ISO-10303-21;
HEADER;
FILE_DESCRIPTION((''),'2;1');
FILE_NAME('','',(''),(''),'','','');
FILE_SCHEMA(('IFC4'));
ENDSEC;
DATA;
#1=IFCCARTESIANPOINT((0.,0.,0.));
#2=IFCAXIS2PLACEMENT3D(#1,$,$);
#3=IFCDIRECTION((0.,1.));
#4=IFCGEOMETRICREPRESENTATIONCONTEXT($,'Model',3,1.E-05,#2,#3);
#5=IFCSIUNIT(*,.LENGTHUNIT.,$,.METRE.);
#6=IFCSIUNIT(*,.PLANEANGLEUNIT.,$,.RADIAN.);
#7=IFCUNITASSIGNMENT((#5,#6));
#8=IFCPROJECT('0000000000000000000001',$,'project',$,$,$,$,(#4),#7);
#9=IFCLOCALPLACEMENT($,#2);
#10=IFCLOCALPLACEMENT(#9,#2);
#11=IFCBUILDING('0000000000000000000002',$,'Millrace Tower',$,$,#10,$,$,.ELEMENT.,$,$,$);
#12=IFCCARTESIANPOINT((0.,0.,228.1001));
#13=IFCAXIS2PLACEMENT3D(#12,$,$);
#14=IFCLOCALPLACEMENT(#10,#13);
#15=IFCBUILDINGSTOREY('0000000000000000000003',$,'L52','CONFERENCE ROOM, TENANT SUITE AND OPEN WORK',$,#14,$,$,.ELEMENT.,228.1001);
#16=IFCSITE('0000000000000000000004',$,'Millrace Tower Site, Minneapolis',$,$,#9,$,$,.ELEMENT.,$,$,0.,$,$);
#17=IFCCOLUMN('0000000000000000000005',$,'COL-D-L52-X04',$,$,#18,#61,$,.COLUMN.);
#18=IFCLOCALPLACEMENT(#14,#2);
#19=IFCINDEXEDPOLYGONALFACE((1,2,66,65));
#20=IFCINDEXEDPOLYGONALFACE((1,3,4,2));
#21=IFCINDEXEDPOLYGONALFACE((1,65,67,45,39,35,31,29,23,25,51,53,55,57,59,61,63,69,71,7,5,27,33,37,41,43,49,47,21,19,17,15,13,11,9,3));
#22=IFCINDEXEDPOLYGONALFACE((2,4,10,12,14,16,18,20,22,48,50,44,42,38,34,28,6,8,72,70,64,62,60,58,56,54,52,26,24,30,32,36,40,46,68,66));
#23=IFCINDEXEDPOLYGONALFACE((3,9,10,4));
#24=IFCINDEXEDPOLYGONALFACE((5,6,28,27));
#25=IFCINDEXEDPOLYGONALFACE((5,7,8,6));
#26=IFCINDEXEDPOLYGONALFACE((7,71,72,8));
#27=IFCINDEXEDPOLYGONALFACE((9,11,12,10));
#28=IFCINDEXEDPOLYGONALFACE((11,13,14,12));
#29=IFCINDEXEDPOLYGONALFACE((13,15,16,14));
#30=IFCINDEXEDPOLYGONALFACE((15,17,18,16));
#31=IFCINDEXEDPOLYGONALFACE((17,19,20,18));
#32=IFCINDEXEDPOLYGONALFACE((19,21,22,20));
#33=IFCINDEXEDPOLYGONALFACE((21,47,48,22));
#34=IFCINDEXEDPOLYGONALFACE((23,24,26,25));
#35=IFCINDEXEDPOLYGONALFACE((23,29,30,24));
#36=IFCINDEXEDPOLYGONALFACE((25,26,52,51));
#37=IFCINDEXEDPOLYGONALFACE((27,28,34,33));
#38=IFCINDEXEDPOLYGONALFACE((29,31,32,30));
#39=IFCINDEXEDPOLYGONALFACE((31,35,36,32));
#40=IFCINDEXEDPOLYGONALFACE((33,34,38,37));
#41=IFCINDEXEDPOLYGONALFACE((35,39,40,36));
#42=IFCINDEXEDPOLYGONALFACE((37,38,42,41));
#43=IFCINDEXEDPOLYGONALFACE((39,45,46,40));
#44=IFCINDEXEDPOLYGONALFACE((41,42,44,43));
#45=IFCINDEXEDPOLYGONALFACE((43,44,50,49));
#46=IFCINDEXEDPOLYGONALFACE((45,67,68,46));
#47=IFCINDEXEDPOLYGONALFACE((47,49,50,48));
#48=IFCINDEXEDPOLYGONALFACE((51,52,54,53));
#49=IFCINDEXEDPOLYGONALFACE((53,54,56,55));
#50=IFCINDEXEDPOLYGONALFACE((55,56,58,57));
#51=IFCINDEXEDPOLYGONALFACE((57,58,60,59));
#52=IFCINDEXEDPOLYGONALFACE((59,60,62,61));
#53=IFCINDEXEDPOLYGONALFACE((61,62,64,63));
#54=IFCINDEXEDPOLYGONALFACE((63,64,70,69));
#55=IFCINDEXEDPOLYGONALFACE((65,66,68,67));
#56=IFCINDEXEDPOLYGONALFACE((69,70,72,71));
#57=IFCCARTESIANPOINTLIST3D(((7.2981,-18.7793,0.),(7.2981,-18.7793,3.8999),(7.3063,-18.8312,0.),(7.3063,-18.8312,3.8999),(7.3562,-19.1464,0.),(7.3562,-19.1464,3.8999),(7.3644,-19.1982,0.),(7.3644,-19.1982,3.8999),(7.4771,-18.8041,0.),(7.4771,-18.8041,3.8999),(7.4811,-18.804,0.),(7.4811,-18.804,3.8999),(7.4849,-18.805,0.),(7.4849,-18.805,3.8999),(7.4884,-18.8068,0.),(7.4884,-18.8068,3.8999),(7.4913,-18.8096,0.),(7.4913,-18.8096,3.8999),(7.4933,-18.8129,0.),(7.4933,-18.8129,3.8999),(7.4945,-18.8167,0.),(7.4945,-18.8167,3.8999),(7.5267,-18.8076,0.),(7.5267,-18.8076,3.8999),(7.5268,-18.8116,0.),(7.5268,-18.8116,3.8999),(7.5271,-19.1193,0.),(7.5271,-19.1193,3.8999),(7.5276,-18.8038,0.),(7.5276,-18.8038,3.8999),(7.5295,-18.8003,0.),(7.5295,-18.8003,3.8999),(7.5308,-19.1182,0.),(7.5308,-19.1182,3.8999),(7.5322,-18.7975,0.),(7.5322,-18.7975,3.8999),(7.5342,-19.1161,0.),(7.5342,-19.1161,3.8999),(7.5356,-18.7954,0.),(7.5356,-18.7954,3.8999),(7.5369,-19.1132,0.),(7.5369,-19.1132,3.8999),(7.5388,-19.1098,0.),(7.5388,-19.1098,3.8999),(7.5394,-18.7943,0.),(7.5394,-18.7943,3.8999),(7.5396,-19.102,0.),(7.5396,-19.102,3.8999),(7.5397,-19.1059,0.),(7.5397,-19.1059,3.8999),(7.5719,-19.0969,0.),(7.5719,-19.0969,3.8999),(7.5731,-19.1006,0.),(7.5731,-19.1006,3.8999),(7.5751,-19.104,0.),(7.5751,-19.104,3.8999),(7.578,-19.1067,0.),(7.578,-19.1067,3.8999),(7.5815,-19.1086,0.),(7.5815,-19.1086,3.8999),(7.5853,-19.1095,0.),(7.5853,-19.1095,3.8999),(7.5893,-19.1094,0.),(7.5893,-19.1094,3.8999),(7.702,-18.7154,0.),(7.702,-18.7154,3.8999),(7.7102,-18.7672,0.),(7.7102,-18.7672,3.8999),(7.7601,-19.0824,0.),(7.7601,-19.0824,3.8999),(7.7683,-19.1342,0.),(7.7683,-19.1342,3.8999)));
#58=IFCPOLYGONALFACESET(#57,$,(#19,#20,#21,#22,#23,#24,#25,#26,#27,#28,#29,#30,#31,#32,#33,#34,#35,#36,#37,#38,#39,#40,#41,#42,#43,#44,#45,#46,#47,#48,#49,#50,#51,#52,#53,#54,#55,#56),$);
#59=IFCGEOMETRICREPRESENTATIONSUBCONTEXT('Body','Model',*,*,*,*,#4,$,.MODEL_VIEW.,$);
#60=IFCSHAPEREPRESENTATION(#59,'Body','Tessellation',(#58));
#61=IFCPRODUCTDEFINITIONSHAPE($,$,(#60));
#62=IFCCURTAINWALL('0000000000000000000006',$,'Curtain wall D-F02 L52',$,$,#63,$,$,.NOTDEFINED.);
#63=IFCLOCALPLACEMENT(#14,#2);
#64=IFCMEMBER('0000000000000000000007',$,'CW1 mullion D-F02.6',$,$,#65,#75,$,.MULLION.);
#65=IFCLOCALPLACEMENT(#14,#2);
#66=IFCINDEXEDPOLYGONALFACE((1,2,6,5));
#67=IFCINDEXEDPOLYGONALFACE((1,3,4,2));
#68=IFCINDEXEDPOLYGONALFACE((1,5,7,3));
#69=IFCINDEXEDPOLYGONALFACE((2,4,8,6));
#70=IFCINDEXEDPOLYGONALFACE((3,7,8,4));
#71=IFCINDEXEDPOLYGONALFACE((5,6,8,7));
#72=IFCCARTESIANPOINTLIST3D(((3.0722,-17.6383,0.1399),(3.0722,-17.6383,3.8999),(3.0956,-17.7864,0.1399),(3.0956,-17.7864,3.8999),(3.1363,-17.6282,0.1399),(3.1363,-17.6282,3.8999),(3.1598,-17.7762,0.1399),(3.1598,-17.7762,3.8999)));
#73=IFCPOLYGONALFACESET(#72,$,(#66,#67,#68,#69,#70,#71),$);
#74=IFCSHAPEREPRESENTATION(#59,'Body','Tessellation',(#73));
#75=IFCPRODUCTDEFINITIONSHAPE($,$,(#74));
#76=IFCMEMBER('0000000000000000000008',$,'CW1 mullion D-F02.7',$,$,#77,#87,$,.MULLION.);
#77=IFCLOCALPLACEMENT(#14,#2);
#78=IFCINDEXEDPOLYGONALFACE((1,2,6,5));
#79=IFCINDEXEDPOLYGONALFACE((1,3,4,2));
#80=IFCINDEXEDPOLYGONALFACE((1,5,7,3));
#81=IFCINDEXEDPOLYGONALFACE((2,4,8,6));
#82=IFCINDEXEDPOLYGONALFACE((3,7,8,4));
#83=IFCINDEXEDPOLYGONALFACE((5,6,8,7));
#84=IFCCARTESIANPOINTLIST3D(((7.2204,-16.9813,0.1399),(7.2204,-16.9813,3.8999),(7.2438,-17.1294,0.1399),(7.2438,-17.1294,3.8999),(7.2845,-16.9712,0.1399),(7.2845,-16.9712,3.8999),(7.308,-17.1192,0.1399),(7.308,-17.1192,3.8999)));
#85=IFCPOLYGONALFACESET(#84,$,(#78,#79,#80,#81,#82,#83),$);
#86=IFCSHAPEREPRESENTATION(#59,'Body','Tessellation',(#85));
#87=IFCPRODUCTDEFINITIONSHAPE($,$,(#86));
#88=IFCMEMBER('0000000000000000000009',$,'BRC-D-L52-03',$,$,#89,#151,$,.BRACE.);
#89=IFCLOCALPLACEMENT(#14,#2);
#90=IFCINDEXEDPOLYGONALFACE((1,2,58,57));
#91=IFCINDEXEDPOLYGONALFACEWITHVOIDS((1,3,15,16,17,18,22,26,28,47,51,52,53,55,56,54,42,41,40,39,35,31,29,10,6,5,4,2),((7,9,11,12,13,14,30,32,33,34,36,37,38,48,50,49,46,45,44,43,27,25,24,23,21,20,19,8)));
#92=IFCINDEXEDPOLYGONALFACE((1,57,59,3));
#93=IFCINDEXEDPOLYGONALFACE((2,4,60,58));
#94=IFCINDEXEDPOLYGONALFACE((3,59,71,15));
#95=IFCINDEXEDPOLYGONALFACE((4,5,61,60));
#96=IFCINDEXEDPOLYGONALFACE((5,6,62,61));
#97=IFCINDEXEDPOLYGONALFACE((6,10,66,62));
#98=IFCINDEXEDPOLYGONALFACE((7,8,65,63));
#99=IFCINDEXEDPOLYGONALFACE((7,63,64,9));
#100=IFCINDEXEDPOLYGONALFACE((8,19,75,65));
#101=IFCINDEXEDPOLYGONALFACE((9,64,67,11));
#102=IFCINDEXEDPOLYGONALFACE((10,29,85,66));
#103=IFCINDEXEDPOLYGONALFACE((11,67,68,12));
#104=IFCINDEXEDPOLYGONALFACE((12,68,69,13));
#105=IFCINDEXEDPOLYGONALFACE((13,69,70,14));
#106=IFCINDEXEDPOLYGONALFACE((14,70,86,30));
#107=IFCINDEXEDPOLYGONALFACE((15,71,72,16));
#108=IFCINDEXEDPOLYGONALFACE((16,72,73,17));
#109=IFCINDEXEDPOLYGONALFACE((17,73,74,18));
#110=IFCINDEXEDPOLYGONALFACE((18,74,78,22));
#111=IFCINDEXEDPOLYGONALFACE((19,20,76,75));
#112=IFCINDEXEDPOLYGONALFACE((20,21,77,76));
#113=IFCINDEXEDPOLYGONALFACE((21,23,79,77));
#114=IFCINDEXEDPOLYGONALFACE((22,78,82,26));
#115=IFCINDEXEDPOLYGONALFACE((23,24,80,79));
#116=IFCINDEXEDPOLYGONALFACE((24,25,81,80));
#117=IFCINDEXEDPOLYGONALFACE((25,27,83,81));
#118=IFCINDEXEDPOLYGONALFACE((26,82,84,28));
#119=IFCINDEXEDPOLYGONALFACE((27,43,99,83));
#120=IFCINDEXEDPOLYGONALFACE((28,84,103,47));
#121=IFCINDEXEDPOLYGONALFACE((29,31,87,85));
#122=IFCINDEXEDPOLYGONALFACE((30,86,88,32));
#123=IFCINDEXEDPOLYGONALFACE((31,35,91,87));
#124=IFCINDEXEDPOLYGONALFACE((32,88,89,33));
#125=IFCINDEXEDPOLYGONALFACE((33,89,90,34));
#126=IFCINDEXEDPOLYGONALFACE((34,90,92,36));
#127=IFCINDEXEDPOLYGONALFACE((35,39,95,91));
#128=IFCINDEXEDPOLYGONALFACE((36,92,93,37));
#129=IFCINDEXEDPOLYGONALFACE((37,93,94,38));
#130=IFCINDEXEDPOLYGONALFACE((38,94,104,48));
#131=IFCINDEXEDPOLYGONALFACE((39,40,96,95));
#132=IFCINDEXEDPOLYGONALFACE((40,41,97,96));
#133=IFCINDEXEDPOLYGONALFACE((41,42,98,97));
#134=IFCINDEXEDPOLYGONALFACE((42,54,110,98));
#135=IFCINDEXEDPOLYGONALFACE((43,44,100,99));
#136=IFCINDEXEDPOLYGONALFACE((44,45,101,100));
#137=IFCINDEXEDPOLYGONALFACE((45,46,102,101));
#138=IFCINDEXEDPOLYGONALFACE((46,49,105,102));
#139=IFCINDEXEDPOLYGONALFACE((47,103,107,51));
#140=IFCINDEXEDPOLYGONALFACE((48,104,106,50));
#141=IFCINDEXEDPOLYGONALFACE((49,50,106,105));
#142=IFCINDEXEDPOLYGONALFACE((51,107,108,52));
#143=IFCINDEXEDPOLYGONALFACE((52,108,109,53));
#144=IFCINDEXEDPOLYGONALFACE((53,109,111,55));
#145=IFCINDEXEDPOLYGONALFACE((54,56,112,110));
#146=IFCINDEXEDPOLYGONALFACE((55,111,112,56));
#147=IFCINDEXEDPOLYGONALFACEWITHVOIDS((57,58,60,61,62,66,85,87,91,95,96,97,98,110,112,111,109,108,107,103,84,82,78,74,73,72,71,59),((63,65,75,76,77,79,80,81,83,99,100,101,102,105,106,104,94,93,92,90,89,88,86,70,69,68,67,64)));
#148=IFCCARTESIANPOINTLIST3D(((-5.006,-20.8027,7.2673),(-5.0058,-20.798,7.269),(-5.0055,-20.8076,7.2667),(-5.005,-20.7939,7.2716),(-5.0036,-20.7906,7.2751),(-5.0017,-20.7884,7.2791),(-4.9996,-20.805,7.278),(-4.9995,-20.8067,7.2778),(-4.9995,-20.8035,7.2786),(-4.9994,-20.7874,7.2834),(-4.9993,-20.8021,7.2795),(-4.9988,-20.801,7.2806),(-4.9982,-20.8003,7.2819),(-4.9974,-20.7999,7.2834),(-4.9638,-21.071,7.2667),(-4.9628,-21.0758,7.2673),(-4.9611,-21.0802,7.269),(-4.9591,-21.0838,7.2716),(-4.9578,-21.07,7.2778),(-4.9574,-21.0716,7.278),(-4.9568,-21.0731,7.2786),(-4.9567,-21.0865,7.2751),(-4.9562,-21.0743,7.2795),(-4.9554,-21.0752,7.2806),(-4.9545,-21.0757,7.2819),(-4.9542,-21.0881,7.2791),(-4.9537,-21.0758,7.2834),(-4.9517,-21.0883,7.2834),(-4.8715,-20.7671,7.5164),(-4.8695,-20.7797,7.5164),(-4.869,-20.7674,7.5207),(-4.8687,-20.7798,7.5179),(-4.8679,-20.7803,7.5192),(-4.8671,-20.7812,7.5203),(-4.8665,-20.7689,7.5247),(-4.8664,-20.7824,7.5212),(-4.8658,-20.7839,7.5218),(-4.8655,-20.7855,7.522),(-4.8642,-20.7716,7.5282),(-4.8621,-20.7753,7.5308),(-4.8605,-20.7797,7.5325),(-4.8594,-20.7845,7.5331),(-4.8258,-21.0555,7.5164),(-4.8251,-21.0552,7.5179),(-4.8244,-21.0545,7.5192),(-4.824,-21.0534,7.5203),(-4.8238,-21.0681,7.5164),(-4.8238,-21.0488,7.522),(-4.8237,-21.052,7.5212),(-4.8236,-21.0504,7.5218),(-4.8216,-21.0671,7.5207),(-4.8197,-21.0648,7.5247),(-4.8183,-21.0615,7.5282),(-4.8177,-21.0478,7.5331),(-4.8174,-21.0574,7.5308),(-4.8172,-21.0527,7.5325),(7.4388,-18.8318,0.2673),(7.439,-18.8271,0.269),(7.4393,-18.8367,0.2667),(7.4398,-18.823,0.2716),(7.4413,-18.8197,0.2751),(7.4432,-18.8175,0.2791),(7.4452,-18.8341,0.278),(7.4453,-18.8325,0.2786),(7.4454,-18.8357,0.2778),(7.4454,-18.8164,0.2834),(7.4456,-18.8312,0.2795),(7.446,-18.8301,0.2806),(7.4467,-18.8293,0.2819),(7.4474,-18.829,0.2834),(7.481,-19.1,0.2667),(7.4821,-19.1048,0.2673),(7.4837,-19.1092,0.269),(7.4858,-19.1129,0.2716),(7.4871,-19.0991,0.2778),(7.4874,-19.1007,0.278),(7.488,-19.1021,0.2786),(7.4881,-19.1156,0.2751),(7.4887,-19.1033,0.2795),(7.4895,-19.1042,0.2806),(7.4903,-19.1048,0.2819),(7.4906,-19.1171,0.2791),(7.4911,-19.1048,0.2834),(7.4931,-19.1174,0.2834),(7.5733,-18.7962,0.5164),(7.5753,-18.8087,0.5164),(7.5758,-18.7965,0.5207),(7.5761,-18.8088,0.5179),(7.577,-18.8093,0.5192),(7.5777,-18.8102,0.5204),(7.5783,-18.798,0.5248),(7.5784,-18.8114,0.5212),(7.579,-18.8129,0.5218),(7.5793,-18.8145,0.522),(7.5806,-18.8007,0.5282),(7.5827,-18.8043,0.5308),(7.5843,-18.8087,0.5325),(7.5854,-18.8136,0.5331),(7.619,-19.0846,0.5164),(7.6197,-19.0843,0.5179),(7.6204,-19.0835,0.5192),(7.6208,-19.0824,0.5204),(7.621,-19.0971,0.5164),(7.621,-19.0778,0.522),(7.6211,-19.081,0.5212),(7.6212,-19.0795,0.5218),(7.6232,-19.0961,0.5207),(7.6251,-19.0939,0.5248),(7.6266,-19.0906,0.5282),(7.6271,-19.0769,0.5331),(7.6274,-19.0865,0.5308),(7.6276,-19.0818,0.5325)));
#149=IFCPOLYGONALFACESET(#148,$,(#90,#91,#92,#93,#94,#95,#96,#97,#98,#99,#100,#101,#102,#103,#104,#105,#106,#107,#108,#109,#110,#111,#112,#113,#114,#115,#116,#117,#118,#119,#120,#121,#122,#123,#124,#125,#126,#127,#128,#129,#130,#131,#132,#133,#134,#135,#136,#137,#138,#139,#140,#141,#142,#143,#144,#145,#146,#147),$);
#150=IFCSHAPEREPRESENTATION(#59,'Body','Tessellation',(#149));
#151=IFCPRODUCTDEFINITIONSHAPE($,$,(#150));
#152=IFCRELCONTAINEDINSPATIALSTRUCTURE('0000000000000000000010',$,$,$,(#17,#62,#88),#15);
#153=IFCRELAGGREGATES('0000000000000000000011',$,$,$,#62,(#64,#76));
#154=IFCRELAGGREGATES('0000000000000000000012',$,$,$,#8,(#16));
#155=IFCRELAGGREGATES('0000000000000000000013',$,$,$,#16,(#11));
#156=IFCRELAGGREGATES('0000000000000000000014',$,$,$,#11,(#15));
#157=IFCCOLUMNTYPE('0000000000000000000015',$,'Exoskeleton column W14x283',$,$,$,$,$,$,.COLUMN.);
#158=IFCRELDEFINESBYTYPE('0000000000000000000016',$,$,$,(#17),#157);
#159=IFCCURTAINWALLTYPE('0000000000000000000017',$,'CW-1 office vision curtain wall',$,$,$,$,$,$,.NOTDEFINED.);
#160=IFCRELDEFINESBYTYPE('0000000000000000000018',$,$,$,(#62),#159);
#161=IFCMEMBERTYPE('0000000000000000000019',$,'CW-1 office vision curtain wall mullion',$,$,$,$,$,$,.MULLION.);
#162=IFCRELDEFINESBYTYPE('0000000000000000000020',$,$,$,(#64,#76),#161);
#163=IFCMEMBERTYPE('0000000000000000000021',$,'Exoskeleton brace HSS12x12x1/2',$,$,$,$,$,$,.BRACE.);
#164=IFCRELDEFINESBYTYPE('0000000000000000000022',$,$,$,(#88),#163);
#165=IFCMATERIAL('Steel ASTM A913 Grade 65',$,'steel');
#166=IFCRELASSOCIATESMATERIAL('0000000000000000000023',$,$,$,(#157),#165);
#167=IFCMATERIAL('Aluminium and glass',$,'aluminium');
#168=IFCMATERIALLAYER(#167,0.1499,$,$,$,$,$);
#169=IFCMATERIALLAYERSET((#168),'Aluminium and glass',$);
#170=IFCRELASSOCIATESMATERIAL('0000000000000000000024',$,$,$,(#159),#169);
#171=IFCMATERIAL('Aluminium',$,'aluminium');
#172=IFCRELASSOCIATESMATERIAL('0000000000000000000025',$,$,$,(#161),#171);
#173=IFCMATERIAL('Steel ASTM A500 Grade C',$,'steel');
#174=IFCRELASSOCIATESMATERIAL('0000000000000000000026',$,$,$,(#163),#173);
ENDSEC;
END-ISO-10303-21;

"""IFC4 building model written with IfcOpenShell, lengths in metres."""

from ifc_helpers import new_model, si_unit, direction, frame, origin, origin_2d, place, context, subcontext, project, spatial, rectangle, hollow_rectangle, i_section, extrude, material, layer, layer_set, material_profile, profile_set, type_object, element, aggregate, save


model = new_model("IFC4")

# Units and contexts
model_context = context("Model", 3, precision=1e-05, world=origin(), true_north=direction((0.0, 1.0)))
body_context = subcontext(model_context, "Body", "Model", "MODEL_VIEW")
ifc_project = project(units=[si_unit("LENGTHUNIT", "METRE"), si_unit("PLANEANGLEUNIT", "RADIAN")], contexts=[model_context])

# Site, building, storey
site_placement = place(None, origin())
site = spatial("IfcSite", under=ifc_project, at=site_placement, Name="Millrace Tower Site, Minneapolis", CompositionType="ELEMENT", RefElevation=0.0)
building_placement = place(site_placement, origin())
building = spatial("IfcBuilding", under=site, at=building_placement, Name="Millrace Tower", CompositionType="ELEMENT")
storey_placement = place(building_placement, frame((0.0, 0.0, 228.1001)))
storey = spatial("IfcBuildingStorey", under=building, at=storey_placement, Name="L52", Description="CONFERENCE ROOM, TENANT SUITE AND OPEN WORK", CompositionType="ELEMENT", Elevation=228.1001)

# Column
ifc_material_1 = material(Name="Steel ASTM A913 Grade 65", Category="steel")
ifc_material_profile_1 = material_profile(ifc_material_1, i_section(OverallWidth=0.4089, OverallDepth=0.4241, WebThickness=0.0327, FlangeThickness=0.0525, FilletRadius=0.0151, at=origin_2d()))
ifc_profile_set_1 = profile_set([ifc_material_profile_1], Name="Steel ASTM A913 Grade 65")
column_type = type_object("IfcColumnType", Name="Exoskeleton column W14x283", PredefinedType="COLUMN", material=ifc_profile_set_1)
column_placement = place(storey_placement, frame((7.5332, -18.9568, 0.0), z_axis=(0.0, 0.0, 1.0), x_axis=(0.987688, 0.156434, 0.0)))
element("IfcColumn", 1, at=column_placement, inside=storey, type_object=column_type, Name="COL-D-L52-X04", PredefinedType="COLUMN", context=body_context, shape_type="SweptSolid", body=[
    extrude(i_section(OverallWidth=0.4089, OverallDepth=0.4241, WebThickness=0.0327, FlangeThickness=0.0525, FilletRadius=0.0151, at=origin_2d()), origin(), (0.0, 0.0, 1.0), 3.8999),
])

# Curtain wall, members
ifc_material_2 = material(Name="Aluminium and glass", Category="aluminium")
ifc_layer_1 = layer(ifc_material_2, 0.1499)
ifc_layer_set_1 = layer_set([ifc_layer_1], Name="Aluminium and glass")
curtain_wall_type = type_object("IfcCurtainWallType", Name="CW-1 office vision curtain wall", PredefinedType="NOTDEFINED", material=ifc_layer_set_1)
placement_1 = place(storey_placement, origin())
curtain_wall_1 = element("IfcCurtainWall", 2, at=placement_1, inside=storey, type_object=curtain_wall_type, Name="Curtain wall D-F02 L52", PredefinedType="NOTDEFINED")
ifc_material_3 = material(Name="Aluminium", Category="aluminium")
ifc_material_profile_2 = material_profile(ifc_material_3, rectangle(XDim=0.0649, YDim=0.1499, at=origin_2d()))
ifc_profile_set_2 = profile_set([ifc_material_profile_2], Name="Aluminium")
member_type_1 = type_object("IfcMemberType", Name="CW-1 office vision curtain wall mullion", PredefinedType="MULLION", material=ifc_profile_set_2)
member_1_placement = place(storey_placement, frame((3.116, -17.7073, 0.1399), z_axis=(0.0, 0.0, 1.0), x_axis=(0.987688, 0.156434, 0.0)))
member_1 = element("IfcMember", 3, at=member_1_placement, type_object=member_type_1, Name="CW1 mullion D-F02.6", PredefinedType="MULLION", context=body_context, shape_type="SweptSolid", body=[
    extrude(rectangle(XDim=0.0649, YDim=0.1499, at=origin_2d()), origin(), (0.0, 0.0, 1.0), 3.76),
])
member_2_placement = place(storey_placement, frame((7.2642, -17.0503, 0.1399), z_axis=(0.0, 0.0, 1.0), x_axis=(0.987688, 0.156434, 0.0)))
member_2 = element("IfcMember", 4, at=member_2_placement, type_object=member_type_1, Name="CW1 mullion D-F02.7", PredefinedType="MULLION", context=body_context, shape_type="SweptSolid", body=[
    extrude(rectangle(XDim=0.0649, YDim=0.1499, at=origin_2d()), origin(), (0.0, 0.0, 1.0), 3.76),
])
aggregate(curtain_wall_1, [member_1, member_2])

# Member
ifc_material_4 = material(Name="Steel ASTM A500 Grade C", Category="steel")
ifc_material_profile_3 = material_profile(ifc_material_4, hollow_rectangle(XDim=0.3047, YDim=0.3047, WallThickness=0.0127, InnerFilletRadius=0.0063, OuterFilletRadius=0.019, at=origin_2d()))
ifc_profile_set_3 = profile_set([ifc_material_profile_3], Name="Steel ASTM A500 Grade C")
member_type_2 = type_object("IfcMemberType", Name="Exoskeleton brace HSS12x12x1/2", PredefinedType="BRACE", material=ifc_profile_set_3)
member_3_placement = place(storey_placement, frame((7.5332, -18.9568, 0.3999), z_axis=(-0.863395, -0.13674, 0.485645), x_axis=(0.156425, -0.98769, 0.0)))
element("IfcMember", 5, at=member_3_placement, inside=storey, type_object=member_type_2, Name="BRC-D-L52-03", PredefinedType="BRACE", context=body_context, shape_type="SweptSolid", body=[
    extrude(hollow_rectangle(XDim=0.3047, YDim=0.3047, WallThickness=0.0127, InnerFilletRadius=0.0063, OuterFilletRadius=0.019, at=origin_2d()), origin(), (0.0, 0.0, 1.0), 14.4138),
])

save(model, "model.ifc")
